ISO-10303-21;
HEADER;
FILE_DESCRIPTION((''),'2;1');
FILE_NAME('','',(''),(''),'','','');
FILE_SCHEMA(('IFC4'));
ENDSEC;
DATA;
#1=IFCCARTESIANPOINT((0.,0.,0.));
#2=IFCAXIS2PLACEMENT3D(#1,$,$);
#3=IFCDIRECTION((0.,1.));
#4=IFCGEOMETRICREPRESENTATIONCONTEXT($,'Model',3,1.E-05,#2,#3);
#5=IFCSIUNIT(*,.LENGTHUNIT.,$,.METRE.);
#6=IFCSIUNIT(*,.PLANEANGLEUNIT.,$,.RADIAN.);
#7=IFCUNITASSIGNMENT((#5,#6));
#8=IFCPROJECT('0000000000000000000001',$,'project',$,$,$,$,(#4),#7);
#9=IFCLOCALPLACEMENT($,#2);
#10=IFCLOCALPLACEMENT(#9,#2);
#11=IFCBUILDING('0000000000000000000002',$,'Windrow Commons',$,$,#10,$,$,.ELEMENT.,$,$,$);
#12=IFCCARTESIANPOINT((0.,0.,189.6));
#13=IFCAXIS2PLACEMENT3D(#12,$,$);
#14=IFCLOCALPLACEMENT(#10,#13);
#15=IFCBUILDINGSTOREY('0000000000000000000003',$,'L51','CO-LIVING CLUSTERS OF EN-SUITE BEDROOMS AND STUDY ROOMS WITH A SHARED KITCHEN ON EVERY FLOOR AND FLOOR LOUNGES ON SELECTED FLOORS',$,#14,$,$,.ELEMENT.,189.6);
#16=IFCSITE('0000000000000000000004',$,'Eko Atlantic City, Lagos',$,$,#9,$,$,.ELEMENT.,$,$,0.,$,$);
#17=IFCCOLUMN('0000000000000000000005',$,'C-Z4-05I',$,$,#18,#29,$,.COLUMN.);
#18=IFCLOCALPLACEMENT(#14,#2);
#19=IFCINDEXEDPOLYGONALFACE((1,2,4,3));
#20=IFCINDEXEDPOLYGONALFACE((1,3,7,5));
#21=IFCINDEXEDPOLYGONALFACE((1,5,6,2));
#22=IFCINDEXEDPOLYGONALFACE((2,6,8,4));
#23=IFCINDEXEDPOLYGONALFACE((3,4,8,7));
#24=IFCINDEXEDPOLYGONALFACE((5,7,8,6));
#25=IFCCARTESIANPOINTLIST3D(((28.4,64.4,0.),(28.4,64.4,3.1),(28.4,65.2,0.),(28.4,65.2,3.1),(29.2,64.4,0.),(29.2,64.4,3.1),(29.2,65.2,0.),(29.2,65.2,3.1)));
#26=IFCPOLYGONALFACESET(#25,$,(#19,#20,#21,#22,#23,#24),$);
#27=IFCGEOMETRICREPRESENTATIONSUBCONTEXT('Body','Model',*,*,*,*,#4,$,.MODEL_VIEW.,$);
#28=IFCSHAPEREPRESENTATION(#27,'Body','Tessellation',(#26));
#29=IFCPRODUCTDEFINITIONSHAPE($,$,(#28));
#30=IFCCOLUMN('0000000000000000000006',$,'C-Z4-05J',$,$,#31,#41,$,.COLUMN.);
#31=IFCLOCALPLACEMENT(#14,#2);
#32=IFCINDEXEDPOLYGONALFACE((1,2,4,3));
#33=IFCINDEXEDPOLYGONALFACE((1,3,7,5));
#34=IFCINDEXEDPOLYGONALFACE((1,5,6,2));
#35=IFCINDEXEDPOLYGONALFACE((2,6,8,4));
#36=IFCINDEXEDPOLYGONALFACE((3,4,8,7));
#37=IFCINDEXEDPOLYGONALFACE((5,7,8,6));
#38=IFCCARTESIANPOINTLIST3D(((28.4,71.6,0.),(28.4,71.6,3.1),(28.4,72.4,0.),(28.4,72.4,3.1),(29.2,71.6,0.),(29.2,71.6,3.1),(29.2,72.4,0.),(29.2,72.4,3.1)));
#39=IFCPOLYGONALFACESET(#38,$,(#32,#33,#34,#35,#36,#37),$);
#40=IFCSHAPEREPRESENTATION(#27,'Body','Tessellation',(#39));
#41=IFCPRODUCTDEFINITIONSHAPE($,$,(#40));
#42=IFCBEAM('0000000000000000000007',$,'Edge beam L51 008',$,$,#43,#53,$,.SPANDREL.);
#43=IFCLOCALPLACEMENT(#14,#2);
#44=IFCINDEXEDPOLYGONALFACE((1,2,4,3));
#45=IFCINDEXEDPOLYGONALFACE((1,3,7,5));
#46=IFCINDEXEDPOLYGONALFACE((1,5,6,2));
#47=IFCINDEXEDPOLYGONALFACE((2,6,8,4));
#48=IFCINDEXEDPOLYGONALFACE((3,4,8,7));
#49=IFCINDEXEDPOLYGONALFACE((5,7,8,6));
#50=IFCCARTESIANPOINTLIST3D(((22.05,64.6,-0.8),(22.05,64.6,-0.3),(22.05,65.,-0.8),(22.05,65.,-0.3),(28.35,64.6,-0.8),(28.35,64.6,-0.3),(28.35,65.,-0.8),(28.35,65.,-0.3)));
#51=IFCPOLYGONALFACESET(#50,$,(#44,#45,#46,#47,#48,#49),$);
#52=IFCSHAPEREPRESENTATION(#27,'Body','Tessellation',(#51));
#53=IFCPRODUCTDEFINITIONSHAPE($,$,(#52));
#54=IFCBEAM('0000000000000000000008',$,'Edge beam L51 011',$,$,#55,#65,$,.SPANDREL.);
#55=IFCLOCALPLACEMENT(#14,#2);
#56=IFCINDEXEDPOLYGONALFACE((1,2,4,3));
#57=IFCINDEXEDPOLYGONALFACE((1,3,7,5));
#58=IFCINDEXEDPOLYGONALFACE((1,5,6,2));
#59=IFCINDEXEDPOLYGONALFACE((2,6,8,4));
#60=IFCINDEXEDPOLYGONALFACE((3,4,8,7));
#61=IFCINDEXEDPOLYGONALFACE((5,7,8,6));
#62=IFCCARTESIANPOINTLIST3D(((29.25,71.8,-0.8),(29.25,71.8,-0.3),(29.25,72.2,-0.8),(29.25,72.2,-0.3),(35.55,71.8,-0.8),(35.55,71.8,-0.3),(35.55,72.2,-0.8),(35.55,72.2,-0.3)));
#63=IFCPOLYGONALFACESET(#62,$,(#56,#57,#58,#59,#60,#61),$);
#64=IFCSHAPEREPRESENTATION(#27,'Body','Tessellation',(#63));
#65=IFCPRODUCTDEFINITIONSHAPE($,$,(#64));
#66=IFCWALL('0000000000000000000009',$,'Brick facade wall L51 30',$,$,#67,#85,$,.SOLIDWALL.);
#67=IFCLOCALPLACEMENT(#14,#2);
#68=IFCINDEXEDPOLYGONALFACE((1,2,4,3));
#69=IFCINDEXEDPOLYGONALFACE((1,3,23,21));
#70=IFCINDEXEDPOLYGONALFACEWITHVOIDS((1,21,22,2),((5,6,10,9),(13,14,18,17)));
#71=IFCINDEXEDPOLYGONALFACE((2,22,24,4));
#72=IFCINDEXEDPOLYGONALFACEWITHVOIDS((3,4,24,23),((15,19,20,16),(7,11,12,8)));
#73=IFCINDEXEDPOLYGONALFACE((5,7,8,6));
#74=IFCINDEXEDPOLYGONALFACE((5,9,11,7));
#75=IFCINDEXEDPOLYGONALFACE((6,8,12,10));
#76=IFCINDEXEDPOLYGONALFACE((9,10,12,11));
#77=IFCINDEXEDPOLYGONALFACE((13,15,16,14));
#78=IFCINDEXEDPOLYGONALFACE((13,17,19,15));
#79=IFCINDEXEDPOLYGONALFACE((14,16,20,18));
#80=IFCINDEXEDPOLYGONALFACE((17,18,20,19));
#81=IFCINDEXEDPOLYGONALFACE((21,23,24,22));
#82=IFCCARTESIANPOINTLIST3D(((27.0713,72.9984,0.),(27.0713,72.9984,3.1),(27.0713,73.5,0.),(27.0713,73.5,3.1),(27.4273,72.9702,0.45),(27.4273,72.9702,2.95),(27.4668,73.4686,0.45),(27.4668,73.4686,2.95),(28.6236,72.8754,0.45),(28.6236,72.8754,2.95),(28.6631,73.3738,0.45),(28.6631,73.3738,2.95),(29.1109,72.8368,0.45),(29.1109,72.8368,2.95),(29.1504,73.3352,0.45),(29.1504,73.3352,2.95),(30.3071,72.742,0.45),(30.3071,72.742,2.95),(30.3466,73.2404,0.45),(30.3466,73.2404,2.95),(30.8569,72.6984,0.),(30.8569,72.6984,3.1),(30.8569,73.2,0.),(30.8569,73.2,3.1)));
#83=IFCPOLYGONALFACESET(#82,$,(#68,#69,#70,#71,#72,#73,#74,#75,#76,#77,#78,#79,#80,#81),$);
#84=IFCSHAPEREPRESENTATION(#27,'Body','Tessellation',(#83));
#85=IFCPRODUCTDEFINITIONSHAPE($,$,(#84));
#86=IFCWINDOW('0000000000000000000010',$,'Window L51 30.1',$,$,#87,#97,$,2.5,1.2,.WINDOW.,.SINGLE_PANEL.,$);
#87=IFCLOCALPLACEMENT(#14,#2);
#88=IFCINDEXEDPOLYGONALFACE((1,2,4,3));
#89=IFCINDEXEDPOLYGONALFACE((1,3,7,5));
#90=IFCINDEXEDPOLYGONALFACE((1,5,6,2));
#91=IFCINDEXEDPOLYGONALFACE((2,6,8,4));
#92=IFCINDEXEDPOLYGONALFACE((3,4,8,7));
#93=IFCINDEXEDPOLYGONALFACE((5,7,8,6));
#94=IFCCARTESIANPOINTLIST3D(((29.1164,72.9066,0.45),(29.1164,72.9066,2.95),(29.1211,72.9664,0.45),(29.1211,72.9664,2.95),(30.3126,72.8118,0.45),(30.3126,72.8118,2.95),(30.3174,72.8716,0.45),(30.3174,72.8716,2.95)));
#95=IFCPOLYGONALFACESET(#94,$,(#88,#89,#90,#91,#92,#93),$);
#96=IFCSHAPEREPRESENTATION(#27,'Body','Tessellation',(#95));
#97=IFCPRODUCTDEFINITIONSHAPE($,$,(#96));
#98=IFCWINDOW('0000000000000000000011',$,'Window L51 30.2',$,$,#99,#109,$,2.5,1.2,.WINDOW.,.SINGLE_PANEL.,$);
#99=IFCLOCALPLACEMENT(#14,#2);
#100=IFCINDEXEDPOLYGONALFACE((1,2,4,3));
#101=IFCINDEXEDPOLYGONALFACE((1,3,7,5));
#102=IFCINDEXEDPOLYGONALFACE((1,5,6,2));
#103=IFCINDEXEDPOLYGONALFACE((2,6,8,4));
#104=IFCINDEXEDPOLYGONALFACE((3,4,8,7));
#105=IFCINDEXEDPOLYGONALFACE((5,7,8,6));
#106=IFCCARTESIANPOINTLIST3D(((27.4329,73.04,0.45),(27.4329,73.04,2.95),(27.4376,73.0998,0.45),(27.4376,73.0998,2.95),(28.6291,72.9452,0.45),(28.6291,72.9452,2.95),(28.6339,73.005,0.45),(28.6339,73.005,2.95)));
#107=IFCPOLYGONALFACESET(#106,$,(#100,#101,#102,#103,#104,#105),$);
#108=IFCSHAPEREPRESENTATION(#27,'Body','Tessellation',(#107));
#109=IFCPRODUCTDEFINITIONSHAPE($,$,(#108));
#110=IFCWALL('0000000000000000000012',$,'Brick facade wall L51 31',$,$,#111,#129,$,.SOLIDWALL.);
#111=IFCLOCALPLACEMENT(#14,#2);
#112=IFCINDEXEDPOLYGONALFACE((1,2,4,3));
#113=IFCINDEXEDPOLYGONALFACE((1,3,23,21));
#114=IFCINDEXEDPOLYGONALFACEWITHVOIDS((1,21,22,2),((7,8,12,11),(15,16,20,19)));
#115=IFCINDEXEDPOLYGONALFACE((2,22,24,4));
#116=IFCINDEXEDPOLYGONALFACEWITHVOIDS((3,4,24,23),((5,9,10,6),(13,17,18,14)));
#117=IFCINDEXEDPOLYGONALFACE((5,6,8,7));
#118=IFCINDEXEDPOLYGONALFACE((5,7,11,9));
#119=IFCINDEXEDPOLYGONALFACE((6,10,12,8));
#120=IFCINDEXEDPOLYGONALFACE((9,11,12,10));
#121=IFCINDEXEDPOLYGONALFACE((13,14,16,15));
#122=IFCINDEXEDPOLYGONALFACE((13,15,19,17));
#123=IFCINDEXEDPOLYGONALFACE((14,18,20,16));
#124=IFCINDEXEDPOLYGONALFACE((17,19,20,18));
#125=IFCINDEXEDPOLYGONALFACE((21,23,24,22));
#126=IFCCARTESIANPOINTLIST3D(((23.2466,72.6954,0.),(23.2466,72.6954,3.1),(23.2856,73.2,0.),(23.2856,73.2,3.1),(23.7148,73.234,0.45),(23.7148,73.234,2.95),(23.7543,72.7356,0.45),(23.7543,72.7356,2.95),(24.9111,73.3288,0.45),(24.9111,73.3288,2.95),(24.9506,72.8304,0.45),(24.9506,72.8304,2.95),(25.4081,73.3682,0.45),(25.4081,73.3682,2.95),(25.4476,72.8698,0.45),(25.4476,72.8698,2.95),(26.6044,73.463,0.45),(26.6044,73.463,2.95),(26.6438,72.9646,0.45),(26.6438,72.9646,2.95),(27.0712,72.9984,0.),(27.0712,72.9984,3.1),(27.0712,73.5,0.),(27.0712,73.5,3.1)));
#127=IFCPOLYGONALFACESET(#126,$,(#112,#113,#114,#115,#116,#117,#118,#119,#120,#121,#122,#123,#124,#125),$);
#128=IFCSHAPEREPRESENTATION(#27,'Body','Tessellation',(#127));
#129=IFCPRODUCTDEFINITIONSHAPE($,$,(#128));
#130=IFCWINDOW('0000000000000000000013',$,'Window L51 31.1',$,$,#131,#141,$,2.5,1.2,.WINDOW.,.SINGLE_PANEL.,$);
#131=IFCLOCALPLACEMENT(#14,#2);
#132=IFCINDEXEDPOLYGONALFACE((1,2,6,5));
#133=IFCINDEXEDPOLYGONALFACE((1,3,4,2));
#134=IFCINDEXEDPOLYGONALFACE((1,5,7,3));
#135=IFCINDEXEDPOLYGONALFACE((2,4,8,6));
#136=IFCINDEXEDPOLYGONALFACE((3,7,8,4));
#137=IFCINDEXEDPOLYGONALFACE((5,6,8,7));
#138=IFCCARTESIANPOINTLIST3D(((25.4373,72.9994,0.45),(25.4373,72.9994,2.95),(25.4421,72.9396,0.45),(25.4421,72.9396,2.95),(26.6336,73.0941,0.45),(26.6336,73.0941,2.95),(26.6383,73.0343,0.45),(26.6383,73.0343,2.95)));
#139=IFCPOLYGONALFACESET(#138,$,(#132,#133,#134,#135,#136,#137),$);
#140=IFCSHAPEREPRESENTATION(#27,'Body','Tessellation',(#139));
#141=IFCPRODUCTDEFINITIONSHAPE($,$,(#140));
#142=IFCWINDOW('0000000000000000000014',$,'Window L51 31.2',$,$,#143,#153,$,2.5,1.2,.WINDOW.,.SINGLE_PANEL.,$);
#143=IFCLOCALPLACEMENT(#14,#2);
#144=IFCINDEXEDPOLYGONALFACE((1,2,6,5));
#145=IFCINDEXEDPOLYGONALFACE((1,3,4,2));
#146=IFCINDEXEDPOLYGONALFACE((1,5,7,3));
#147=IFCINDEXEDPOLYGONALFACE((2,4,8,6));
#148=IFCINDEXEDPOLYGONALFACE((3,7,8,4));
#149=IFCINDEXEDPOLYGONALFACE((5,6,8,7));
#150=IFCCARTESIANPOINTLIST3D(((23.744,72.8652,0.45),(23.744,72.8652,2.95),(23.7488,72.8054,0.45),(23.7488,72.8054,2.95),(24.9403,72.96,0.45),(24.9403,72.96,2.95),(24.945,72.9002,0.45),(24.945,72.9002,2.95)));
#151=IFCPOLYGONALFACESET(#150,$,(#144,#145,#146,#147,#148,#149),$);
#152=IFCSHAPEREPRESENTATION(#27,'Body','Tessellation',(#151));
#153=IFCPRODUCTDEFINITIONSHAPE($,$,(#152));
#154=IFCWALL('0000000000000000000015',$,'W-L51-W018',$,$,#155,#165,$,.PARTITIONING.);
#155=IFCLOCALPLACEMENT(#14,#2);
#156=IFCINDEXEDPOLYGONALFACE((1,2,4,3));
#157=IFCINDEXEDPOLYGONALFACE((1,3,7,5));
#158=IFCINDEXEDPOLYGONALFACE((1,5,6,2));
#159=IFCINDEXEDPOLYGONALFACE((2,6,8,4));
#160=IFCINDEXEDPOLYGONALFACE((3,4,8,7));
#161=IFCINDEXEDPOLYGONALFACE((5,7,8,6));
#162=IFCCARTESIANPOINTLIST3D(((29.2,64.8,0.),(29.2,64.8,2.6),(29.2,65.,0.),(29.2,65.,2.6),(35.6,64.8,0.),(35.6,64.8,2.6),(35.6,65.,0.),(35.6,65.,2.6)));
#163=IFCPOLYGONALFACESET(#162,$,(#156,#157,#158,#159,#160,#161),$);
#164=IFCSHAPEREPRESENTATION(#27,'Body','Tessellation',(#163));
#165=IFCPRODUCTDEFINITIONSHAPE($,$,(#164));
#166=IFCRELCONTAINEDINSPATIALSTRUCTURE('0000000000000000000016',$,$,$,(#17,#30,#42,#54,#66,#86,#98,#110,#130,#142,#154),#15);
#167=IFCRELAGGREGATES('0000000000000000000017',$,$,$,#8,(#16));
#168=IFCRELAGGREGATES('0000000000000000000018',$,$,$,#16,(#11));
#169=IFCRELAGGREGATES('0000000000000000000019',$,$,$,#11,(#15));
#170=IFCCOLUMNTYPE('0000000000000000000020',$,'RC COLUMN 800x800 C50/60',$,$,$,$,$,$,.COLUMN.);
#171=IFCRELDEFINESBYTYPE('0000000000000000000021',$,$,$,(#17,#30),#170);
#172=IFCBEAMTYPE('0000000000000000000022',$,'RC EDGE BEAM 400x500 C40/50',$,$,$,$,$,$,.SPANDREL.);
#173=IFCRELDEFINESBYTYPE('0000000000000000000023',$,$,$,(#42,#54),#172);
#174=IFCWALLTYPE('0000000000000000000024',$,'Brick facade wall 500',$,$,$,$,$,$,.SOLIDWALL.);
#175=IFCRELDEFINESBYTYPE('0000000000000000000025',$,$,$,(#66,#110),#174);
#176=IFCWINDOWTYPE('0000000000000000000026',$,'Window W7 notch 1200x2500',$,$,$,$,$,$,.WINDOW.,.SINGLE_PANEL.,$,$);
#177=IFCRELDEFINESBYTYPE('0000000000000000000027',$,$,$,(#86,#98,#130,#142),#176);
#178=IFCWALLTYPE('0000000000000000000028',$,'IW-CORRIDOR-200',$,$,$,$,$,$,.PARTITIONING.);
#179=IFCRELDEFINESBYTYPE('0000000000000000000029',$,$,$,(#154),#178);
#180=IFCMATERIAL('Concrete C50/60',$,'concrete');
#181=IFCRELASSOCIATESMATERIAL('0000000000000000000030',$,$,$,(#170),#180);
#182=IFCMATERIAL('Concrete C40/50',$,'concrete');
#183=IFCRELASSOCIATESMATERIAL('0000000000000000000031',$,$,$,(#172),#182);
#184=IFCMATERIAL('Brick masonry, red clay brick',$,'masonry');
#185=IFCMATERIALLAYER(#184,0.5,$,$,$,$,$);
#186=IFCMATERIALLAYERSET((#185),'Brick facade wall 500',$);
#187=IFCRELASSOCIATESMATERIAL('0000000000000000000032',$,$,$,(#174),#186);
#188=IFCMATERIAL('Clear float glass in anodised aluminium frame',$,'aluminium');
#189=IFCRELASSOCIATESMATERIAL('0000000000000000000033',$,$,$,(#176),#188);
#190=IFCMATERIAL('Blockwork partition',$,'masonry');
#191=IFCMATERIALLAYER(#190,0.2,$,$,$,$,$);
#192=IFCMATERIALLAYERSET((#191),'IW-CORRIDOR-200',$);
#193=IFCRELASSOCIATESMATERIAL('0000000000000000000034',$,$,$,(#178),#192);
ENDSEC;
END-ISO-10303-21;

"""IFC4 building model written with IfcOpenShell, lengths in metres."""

from ifc_helpers import new_model, si_unit, direction, frame, frame_2d, origin, origin_2d, place, context, subcontext, project, spatial, polyline, rectangle, outline, extrude, material, layer, layer_set, material_profile, profile_set, type_object, element, fill, save


model = new_model("IFC4")

# Units and contexts
model_context = context("Model", 3, precision=1e-05, world=origin(), true_north=direction((0.0, 1.0)))
body_context = subcontext(model_context, "Body", "Model", "MODEL_VIEW")
ifc_project = project(units=[si_unit("LENGTHUNIT", "METRE"), si_unit("PLANEANGLEUNIT", "RADIAN")], contexts=[model_context])

# Site, building, storey
site_placement = place(None, origin())
site = spatial("IfcSite", under=ifc_project, at=site_placement, Name="Eko Atlantic City, Lagos", CompositionType="ELEMENT", RefElevation=0.0)
building_placement = place(site_placement, origin())
building = spatial("IfcBuilding", under=site, at=building_placement, Name="Windrow Commons", CompositionType="ELEMENT")
storey_placement = place(building_placement, frame((0.0, 0.0, 189.6)))
storey = spatial("IfcBuildingStorey", under=building, at=storey_placement, Name="L51", Description="CO-LIVING CLUSTERS OF EN-SUITE BEDROOMS AND STUDY ROOMS WITH A SHARED KITCHEN ON EVERY FLOOR AND FLOOR LOUNGES ON SELECTED FLOORS", CompositionType="ELEMENT", Elevation=189.6)

# Columns
ifc_material_1 = material(Name="Concrete C50/60", Category="concrete")
ifc_material_profile_1 = material_profile(ifc_material_1, rectangle(XDim=0.8, YDim=0.8, at=origin_2d()))
ifc_profile_set_1 = profile_set([ifc_material_profile_1], Name="Concrete C50/60")
column_type = type_object("IfcColumnType", Name="RC COLUMN 800x800 C50/60", PredefinedType="COLUMN", material=ifc_profile_set_1)
for number, where, z_axis, x_axis, name in (
    (1, (28.8, 64.8, 0.0), (0.0, 0.0, 1.0), (1.0, 0.0, 0.0), "C-Z4-05I"),
    (2, (28.8, 72.0, 0.0), (0.0, 0.0, 1.0), (1.0, 0.0, 0.0), "C-Z4-05J"),
):
    element("IfcColumn", number, at=place(storey_placement, frame(where, z_axis=z_axis, x_axis=x_axis)), inside=storey, type_object=column_type, Name=name, PredefinedType="COLUMN", context=body_context, shape_type="SweptSolid", body=[
        extrude(rectangle(XDim=0.8, YDim=0.8, at=origin_2d()), origin(), (0.0, 0.0, 1.0), 3.1),
    ])

# Beams
ifc_material_2 = material(Name="Concrete C40/50", Category="concrete")
ifc_material_profile_2 = material_profile(ifc_material_2, rectangle(XDim=0.4, YDim=0.5, at=origin_2d()))
ifc_profile_set_2 = profile_set([ifc_material_profile_2], Name="Concrete C40/50")
beam_type = type_object("IfcBeamType", Name="RC EDGE BEAM 400x500 C40/50", PredefinedType="SPANDREL", material=ifc_profile_set_2)
for number, where, z_axis, x_axis, name in (
    (3, (28.35, 64.8, -0.55), (-1.0, 0.0, 0.0), (0.0, -1.0, 0.0), "Edge beam L51 008"),
    (4, (29.25, 72.0, -0.55), (1.0, 0.0, 0.0), (0.0, 1.0, 0.0), "Edge beam L51 011"),
):
    element("IfcBeam", number, at=place(storey_placement, frame(where, z_axis=z_axis, x_axis=x_axis)), inside=storey, type_object=beam_type, Name=name, PredefinedType="SPANDREL", context=body_context, shape_type="SweptSolid", body=[
        extrude(rectangle(XDim=0.4, YDim=0.5, at=origin_2d()), origin(), (0.0, 0.0, 1.0), 6.3),
    ])

# Walls, openings, windows
ifc_material_3 = material(Name="Brick masonry, red clay brick", Category="masonry")
ifc_layer_1 = layer(ifc_material_3, 0.5)
ifc_layer_set_1 = layer_set([ifc_layer_1], Name="Brick facade wall 500")
wall_type_1 = type_object("IfcWallType", Name="Brick facade wall 500", PredefinedType="SOLIDWALL", material=ifc_layer_set_1)
wall_1_placement = place(storey_placement, frame((30.8569, 72.9492, 0.0), z_axis=(0.0, 0.0, 1.0), x_axis=(-0.996875, 0.078998, 0.0)))
wall_1 = element("IfcWall", 5, at=wall_1_placement, inside=storey, type_object=wall_type_1, Name="Brick facade wall L51 30", PredefinedType="SOLIDWALL", context=body_context, shape_type="SweptSolid", body=[
    extrude(outline(polyline([(0.0198, -0.25), (3.8173, -0.25), (3.7777, 0.25), (-0.0198, 0.25), (0.0198, -0.25)])), origin(), (0.0, 0.0, 1.0), 3.1),
])
opening_1_placement = place(wall_1_placement, frame((0.5317, 0.0, 0.45)))
opening_1 = element("IfcOpeningElement", 6, at=opening_1_placement, cuts=wall_1, PredefinedType="OPENING", context=body_context, shape_type="SweptSolid", body=[
    extrude(rectangle(XDim=1.2, YDim=2.5, at=frame_2d((0.6, 1.25))), frame((0.0, 0.26, 0.0), z_axis=(0.0, -1.0, 0.0), x_axis=(1.0, 0.0, 0.0)), (0.0, 0.0, 1.0), 0.52),
])
opening_2_placement = place(wall_1_placement, frame((2.2205, 0.0, 0.45)))
opening_2 = element("IfcOpeningElement", 7, at=opening_2_placement, cuts=wall_1, PredefinedType="OPENING", context=body_context, shape_type="SweptSolid", body=[
    extrude(rectangle(XDim=1.2, YDim=2.5, at=frame_2d((0.6, 1.25))), frame((0.0, 0.26, 0.0), z_axis=(0.0, -1.0, 0.0), x_axis=(1.0, 0.0, 0.0)), (0.0, 0.0, 1.0), 0.52),
])
ifc_material_4 = material(Name="Clear float glass in anodised aluminium frame", Category="aluminium")
window_type = type_object("IfcWindowType", Name="Window W7 notch 1200x2500", PartitioningType="SINGLE_PANEL", PredefinedType="WINDOW", material=ifc_material_4)
window_1_placement = place(opening_1_placement, origin())
window_1 = element("IfcWindow", 8, at=window_1_placement, inside=storey, type_object=window_type, Name="Window L51 30.1", OverallHeight=2.5, OverallWidth=1.2, PartitioningType="SINGLE_PANEL", PredefinedType="WINDOW", context=body_context, shape_type="SweptSolid", body=[
    extrude(rectangle(XDim=1.2, YDim=2.5, at=frame_2d((0.6, 1.25))), frame((0.0, 0.18, 0.0), z_axis=(0.0, -1.0, 0.0), x_axis=(1.0, 0.0, 0.0)), (0.0, 0.0, 1.0), 0.06),
])
fill(opening_1, window_1)
window_2_placement = place(opening_2_placement, origin())
window_2 = element("IfcWindow", 9, at=window_2_placement, inside=storey, type_object=window_type, Name="Window L51 30.2", OverallHeight=2.5, OverallWidth=1.2, PartitioningType="SINGLE_PANEL", PredefinedType="WINDOW", context=body_context, shape_type="SweptSolid", body=[
    extrude(rectangle(XDim=1.2, YDim=2.5, at=frame_2d((0.6, 1.25))), frame((0.0, 0.18, 0.0), z_axis=(0.0, -1.0, 0.0), x_axis=(1.0, 0.0, 0.0)), (0.0, 0.0, 1.0), 0.06),
])
fill(opening_2, window_2)
wall_2_placement = place(storey_placement, frame((27.0712, 73.2492, 0.0), z_axis=(0.0, 0.0, 1.0), x_axis=(-0.996876, -0.078988, 0.0)))
wall_2 = element("IfcWall", 10, at=wall_2_placement, inside=storey, type_object=wall_type_1, Name="Brick facade wall L51 31", PredefinedType="SOLIDWALL", context=body_context, shape_type="SweptSolid", body=[
    extrude(outline(polyline([(-0.0198, -0.25), (3.7777, -0.25), (3.8564, 0.25), (0.0198, 0.25), (-0.0198, -0.25)])), origin(), (0.0, 0.0, 1.0), 3.1),
])
opening_3_placement = place(wall_2_placement, frame((0.4485, 0.0, 0.45)))
opening_3 = element("IfcOpeningElement", 11, at=opening_3_placement, cuts=wall_2, PredefinedType="OPENING", context=body_context, shape_type="SweptSolid", body=[
    extrude(rectangle(XDim=1.2, YDim=2.5, at=frame_2d((0.6, 1.25))), frame((0.0, 0.26, 0.0), z_axis=(0.0, -1.0, 0.0), x_axis=(1.0, 0.0, 0.0)), (0.0, 0.0, 1.0), 0.52),
])
opening_4_placement = place(wall_2_placement, frame((2.1471, 0.0, 0.45)))
opening_4 = element("IfcOpeningElement", 12, at=opening_4_placement, cuts=wall_2, PredefinedType="OPENING", context=body_context, shape_type="SweptSolid", body=[
    extrude(rectangle(XDim=1.2, YDim=2.5, at=frame_2d((0.6, 1.25))), frame((0.0, 0.26, 0.0), z_axis=(0.0, -1.0, 0.0), x_axis=(1.0, 0.0, 0.0)), (0.0, 0.0, 1.0), 0.52),
])
window_3_placement = place(opening_3_placement, origin())
window_3 = element("IfcWindow", 13, at=window_3_placement, inside=storey, type_object=window_type, Name="Window L51 31.1", OverallHeight=2.5, OverallWidth=1.2, PartitioningType="SINGLE_PANEL", PredefinedType="WINDOW", context=body_context, shape_type="SweptSolid", body=[
    extrude(rectangle(XDim=1.2, YDim=2.5, at=frame_2d((0.6, 1.25))), frame((0.0, 0.18, 0.0), z_axis=(0.0, -1.0, 0.0), x_axis=(1.0, 0.0, 0.0)), (0.0, 0.0, 1.0), 0.06),
])
fill(opening_3, window_3)
window_4_placement = place(opening_4_placement, origin())
window_4 = element("IfcWindow", 14, at=window_4_placement, inside=storey, type_object=window_type, Name="Window L51 31.2", OverallHeight=2.5, OverallWidth=1.2, PartitioningType="SINGLE_PANEL", PredefinedType="WINDOW", context=body_context, shape_type="SweptSolid", body=[
    extrude(rectangle(XDim=1.2, YDim=2.5, at=frame_2d((0.6, 1.25))), frame((0.0, 0.18, 0.0), z_axis=(0.0, -1.0, 0.0), x_axis=(1.0, 0.0, 0.0)), (0.0, 0.0, 1.0), 0.06),
])
fill(opening_4, window_4)

# Wall
ifc_material_5 = material(Name="Blockwork partition", Category="masonry")
ifc_layer_2 = layer(ifc_material_5, 0.2)
ifc_layer_set_2 = layer_set([ifc_layer_2], Name="IW-CORRIDOR-200")
wall_type_2 = type_object("IfcWallType", Name="IW-CORRIDOR-200", PredefinedType="PARTITIONING", material=ifc_layer_set_2)
wall_3_placement = place(storey_placement, frame((29.2, 64.9, 0.0), z_axis=(0.0, 0.0, 1.0), x_axis=(1.0, 0.0, 0.0)))
element("IfcWall", 15, at=wall_3_placement, inside=storey, type_object=wall_type_2, Name="W-L51-W018", PredefinedType="PARTITIONING", context=body_context, shape_type="SweptSolid", body=[
    extrude(rectangle(XDim=6.4, YDim=0.2, at=frame_2d((3.2, 0.0))), origin(), (0.0, 0.0, 1.0), 2.6),
])

save(model, "model.ifc")
